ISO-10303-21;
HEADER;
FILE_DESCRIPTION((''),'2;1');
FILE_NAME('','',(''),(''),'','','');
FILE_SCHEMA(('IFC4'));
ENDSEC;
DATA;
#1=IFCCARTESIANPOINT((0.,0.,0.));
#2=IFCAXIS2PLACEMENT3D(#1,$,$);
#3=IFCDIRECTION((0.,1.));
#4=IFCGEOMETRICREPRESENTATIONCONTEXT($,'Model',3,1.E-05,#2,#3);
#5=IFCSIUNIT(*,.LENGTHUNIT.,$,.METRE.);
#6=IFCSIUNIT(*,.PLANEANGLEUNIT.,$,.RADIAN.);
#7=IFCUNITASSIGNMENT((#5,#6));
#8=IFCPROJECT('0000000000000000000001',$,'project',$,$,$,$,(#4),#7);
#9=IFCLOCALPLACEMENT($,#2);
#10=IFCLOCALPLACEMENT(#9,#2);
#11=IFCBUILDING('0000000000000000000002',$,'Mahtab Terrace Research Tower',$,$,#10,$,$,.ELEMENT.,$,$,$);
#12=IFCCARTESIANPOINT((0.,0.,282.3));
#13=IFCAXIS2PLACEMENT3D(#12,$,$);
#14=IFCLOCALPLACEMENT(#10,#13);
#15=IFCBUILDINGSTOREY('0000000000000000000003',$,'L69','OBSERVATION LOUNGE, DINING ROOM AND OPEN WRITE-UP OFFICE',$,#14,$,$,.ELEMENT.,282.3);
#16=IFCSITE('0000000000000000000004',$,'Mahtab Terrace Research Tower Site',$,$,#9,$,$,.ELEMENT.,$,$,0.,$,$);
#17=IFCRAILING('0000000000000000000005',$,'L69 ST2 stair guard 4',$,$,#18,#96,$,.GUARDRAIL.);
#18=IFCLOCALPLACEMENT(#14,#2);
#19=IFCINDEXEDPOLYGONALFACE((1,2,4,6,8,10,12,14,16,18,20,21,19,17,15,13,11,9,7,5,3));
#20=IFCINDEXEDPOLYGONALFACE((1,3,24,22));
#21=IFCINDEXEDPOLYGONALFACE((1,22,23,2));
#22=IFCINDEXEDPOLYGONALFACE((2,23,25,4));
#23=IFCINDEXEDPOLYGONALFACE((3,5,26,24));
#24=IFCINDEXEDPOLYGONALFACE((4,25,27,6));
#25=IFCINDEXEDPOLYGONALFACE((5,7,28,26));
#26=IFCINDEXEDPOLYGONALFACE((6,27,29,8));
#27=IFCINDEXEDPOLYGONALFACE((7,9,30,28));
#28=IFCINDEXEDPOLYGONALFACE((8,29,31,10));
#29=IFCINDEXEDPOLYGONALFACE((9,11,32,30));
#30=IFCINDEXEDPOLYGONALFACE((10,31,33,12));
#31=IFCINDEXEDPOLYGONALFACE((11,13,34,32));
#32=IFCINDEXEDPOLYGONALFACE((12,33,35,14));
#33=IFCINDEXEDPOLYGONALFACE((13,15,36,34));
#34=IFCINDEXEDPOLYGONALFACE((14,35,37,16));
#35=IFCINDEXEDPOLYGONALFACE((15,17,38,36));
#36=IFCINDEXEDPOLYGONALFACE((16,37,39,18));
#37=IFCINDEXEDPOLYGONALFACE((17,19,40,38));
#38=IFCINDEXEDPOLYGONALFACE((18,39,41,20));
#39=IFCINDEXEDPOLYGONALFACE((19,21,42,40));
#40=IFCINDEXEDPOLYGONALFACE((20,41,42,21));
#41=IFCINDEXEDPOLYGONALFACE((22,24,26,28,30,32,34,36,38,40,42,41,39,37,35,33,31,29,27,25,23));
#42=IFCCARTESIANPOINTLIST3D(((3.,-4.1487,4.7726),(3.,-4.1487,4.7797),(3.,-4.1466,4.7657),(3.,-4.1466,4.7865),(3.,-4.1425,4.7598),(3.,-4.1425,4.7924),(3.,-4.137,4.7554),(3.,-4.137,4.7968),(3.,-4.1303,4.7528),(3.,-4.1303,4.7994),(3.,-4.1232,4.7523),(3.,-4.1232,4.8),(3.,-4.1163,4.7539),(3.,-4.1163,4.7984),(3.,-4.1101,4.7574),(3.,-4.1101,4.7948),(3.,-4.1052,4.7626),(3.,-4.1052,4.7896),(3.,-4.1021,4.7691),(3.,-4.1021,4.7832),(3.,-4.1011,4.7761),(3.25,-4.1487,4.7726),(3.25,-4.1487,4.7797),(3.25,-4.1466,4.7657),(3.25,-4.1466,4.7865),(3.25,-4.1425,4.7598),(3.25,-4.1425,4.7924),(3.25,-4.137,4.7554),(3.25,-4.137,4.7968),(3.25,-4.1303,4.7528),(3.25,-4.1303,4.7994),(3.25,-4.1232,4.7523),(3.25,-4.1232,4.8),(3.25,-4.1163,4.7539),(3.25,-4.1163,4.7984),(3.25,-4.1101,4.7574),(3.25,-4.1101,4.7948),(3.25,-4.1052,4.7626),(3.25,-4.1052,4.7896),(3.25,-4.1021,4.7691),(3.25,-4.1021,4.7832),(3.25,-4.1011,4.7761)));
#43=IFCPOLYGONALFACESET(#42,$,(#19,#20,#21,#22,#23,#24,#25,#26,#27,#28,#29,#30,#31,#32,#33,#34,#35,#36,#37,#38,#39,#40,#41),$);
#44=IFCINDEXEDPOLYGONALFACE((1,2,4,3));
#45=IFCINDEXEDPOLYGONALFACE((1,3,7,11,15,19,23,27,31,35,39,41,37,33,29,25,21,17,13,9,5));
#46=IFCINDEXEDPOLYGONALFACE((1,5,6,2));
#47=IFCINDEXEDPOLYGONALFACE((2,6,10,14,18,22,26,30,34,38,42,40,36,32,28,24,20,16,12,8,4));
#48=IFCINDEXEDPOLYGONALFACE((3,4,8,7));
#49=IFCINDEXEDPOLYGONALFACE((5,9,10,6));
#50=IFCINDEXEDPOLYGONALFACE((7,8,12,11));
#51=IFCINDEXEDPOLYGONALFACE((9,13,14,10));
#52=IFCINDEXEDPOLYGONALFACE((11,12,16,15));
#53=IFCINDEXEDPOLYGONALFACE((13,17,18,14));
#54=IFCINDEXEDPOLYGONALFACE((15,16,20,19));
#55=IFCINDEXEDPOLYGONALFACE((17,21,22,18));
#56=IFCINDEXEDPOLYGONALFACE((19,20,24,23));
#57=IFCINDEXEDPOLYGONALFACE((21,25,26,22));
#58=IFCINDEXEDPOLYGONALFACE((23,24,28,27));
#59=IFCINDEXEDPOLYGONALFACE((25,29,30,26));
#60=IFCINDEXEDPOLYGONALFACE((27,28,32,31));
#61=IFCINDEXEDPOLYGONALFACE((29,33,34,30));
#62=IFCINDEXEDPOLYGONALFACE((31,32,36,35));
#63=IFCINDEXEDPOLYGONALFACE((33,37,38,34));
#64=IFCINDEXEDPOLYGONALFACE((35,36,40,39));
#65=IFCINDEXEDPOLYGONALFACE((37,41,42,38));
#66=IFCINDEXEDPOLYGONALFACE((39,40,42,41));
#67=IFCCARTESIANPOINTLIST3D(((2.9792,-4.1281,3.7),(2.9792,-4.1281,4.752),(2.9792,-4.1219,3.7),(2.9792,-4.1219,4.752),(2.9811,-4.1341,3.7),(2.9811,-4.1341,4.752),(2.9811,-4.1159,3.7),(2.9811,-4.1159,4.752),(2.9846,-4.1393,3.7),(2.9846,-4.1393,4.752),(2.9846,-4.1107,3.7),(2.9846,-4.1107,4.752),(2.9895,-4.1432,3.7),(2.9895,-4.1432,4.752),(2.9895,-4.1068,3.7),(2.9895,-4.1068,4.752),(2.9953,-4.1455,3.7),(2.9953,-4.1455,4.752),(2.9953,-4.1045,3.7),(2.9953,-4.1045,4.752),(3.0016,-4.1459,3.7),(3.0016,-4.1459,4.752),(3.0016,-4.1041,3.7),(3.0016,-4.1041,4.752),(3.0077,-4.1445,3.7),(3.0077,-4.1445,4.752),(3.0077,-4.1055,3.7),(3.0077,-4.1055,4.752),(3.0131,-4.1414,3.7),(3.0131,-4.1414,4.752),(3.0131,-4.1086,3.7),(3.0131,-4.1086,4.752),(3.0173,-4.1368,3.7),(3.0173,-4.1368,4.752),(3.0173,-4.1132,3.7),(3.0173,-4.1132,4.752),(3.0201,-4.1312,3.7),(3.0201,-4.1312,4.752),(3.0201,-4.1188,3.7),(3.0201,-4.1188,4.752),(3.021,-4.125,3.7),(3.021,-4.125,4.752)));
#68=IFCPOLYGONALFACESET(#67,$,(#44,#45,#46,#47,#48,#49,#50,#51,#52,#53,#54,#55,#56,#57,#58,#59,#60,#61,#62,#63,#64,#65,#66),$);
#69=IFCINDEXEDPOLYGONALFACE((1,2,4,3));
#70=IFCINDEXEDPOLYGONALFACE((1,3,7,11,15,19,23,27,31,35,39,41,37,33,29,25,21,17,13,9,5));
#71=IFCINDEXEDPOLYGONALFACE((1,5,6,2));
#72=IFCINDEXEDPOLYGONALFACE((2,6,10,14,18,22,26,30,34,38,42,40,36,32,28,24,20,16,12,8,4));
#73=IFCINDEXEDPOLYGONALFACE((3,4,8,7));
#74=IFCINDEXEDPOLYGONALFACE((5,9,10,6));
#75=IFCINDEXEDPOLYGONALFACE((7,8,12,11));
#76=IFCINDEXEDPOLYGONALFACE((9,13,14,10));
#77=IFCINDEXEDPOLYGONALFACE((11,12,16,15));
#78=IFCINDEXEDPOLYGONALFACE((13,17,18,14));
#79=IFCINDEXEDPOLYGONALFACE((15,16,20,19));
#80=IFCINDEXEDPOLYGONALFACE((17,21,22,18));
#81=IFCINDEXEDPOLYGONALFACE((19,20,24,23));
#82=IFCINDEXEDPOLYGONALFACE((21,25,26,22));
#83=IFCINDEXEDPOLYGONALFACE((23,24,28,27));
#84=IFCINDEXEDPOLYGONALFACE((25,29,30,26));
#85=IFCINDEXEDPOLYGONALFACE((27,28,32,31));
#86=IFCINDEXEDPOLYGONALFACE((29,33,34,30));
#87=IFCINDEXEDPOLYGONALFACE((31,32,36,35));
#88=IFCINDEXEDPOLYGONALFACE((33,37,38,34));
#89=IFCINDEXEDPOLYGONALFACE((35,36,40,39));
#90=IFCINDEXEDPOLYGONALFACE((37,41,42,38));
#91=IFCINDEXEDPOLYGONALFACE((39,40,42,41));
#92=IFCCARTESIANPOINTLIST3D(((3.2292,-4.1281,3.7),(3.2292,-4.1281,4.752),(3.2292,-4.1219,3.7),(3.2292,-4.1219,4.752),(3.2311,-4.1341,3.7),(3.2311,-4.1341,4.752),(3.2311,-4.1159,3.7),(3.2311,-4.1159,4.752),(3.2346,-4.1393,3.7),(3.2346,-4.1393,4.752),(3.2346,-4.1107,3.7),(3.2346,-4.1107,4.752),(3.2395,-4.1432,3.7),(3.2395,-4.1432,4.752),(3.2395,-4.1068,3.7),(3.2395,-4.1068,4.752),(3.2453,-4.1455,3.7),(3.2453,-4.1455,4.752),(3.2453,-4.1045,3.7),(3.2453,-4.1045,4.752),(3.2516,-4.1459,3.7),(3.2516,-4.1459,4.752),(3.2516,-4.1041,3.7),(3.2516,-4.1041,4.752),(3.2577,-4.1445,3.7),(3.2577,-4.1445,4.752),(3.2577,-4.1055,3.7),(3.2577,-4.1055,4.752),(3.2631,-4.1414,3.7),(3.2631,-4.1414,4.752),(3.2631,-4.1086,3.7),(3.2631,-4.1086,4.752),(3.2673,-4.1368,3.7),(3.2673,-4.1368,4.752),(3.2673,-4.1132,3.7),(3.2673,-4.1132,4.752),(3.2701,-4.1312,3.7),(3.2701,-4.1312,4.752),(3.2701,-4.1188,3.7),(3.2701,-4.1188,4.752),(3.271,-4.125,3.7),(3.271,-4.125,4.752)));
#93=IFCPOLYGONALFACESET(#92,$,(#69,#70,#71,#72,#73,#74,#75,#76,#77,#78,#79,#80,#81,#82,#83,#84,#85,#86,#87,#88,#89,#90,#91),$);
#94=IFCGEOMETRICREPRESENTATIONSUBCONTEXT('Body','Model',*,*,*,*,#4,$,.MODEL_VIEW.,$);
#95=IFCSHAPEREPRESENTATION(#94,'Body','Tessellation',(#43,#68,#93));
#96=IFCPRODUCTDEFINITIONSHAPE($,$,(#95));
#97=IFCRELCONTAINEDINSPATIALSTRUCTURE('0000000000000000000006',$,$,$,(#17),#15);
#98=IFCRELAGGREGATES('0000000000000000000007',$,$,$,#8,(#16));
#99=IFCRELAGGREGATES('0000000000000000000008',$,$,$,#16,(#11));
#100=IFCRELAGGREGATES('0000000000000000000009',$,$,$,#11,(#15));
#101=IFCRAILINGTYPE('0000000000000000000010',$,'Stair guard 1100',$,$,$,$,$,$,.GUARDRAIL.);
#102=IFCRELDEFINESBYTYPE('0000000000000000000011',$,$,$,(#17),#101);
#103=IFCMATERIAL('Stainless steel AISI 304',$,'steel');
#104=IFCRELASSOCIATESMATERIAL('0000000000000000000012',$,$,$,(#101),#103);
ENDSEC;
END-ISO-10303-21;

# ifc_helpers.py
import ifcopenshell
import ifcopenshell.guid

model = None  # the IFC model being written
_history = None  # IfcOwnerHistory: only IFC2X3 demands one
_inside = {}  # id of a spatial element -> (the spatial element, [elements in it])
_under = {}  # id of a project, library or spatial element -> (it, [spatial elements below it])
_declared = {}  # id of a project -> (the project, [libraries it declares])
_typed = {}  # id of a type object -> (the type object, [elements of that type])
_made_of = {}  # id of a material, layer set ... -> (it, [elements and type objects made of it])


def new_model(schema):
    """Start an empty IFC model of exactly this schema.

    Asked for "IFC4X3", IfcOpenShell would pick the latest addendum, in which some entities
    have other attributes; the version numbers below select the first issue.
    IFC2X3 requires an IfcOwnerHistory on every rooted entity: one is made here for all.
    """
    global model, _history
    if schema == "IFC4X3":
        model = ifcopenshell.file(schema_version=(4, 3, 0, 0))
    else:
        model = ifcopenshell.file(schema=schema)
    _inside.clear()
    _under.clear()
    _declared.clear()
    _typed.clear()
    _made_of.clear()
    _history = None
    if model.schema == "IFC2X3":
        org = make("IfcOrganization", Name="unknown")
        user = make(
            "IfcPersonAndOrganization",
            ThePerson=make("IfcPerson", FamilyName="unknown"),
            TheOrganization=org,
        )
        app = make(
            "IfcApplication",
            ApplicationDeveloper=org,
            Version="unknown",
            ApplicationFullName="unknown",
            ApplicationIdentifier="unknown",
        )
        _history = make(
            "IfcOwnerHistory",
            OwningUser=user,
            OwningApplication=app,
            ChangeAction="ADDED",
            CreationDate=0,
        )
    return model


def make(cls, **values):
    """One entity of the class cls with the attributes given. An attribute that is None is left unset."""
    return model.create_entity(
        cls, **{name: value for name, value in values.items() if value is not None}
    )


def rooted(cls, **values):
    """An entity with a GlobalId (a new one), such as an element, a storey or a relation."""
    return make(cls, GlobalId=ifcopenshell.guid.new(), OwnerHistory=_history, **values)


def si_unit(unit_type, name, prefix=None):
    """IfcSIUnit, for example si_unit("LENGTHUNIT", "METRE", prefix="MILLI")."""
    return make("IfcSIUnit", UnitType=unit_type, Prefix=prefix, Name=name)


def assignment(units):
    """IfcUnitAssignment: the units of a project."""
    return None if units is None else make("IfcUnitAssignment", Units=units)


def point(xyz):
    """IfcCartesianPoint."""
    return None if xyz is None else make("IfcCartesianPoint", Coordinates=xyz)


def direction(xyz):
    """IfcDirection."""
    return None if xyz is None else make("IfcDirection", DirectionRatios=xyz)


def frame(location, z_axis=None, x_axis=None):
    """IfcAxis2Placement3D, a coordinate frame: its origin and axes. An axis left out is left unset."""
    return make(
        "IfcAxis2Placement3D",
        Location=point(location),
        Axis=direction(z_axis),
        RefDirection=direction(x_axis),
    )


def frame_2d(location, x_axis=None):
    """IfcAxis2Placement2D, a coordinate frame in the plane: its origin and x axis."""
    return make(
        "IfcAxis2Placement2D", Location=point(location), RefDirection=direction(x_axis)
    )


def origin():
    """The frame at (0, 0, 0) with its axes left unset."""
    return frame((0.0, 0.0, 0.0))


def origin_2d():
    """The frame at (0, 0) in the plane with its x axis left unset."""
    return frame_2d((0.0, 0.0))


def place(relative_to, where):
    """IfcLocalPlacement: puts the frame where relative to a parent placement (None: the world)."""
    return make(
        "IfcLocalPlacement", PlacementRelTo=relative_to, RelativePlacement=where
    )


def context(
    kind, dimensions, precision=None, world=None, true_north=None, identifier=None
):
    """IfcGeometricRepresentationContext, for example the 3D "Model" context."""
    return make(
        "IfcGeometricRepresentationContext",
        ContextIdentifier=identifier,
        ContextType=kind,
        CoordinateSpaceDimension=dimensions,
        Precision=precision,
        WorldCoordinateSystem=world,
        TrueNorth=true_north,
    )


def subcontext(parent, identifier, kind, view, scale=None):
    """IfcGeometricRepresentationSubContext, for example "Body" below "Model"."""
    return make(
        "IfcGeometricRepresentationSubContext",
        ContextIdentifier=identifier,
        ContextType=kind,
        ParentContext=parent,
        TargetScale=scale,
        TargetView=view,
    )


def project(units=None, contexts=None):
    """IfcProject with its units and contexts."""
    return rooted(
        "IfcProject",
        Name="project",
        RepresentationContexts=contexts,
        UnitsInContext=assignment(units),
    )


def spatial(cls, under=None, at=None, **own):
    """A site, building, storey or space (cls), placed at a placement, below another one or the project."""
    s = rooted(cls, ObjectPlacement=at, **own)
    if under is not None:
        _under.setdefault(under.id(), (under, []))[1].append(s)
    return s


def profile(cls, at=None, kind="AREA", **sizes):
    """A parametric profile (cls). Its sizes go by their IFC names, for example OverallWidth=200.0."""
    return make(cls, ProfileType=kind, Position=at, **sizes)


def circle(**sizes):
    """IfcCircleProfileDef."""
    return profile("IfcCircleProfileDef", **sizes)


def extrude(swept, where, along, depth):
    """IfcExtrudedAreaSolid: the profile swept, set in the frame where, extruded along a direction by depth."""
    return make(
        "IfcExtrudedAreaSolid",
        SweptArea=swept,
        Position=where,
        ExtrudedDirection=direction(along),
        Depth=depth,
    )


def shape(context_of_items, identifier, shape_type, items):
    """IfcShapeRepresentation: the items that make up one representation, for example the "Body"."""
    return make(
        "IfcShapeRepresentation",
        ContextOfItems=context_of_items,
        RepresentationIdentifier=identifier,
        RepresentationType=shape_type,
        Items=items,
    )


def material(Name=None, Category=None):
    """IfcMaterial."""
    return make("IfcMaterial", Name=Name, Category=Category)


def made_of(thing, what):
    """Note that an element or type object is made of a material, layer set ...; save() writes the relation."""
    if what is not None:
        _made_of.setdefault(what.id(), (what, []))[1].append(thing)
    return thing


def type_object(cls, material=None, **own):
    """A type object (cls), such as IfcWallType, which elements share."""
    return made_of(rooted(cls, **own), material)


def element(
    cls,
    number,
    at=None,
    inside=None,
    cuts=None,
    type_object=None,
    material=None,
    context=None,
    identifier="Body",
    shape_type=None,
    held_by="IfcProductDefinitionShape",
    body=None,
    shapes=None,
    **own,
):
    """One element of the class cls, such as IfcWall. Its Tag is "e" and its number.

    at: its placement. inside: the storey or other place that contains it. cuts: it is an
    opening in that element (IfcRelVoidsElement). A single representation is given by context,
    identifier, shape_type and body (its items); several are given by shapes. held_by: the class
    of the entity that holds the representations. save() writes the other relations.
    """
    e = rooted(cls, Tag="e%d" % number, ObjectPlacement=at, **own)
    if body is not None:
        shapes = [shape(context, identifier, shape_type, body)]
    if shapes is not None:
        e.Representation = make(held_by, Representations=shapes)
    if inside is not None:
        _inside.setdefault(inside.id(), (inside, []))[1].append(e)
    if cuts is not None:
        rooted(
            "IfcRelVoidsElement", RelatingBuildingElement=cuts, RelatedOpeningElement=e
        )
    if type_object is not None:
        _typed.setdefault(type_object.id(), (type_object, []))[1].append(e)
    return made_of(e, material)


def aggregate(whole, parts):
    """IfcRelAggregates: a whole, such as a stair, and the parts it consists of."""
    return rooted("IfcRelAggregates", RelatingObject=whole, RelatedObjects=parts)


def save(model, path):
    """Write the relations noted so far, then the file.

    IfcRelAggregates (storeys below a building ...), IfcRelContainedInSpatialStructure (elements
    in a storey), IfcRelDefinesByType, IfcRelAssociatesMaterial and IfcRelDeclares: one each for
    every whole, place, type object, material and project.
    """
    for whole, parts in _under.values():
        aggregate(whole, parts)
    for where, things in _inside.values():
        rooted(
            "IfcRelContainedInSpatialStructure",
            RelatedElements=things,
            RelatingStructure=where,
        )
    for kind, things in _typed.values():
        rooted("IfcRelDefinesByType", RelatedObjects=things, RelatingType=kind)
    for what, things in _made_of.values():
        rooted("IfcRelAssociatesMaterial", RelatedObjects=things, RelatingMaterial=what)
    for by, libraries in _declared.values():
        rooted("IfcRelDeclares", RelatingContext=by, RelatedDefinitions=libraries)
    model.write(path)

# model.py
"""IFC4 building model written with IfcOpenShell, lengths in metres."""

from ifc_helpers import new_model, si_unit, direction, frame, origin, origin_2d, place, context, subcontext, project, spatial, circle, extrude, material, type_object, element, save


model = new_model("IFC4")

# Units and contexts
model_context = context("Model", 3, precision=1e-05, world=origin(), true_north=direction((0.0, 1.0)))
body_context = subcontext(model_context, "Body", "Model", "MODEL_VIEW")
ifc_project = project(units=[si_unit("LENGTHUNIT", "METRE"), si_unit("PLANEANGLEUNIT", "RADIAN")], contexts=[model_context])

# Site, building, storey
site_placement = place(None, origin())
site = spatial("IfcSite", under=ifc_project, at=site_placement, Name="Mahtab Terrace Research Tower Site", CompositionType="ELEMENT", RefElevation=0.0)
building_placement = place(site_placement, origin())
building = spatial("IfcBuilding", under=site, at=building_placement, Name="Mahtab Terrace Research Tower", CompositionType="ELEMENT")
storey_placement = place(building_placement, frame((0.0, 0.0, 282.3)))
storey = spatial("IfcBuildingStorey", under=building, at=storey_placement, Name="L69", Description="OBSERVATION LOUNGE, DINING ROOM AND OPEN WRITE-UP OFFICE", CompositionType="ELEMENT", Elevation=282.3)

# Railing
ifc_material_1 = material(Name="Stainless steel AISI 304", Category="steel")
railing_type = type_object("IfcRailingType", Name="Stair guard 1100", PredefinedType="GUARDRAIL", material=ifc_material_1)
railing_1_placement = place(storey_placement, frame((3.0, -4.125, 3.7)))
element("IfcRailing", 1, at=railing_1_placement, inside=storey, type_object=railing_type, Name="L69 ST2 stair guard 4", PredefinedType="GUARDRAIL", context=body_context, shape_type="SweptSolid", body=[
    extrude(circle(Radius=0.0239, at=origin_2d()), frame((0.0, 0.0, 1.0762), z_axis=(1.0, 0.0, 0.0), x_axis=(0.0, 1.0, 0.0)), (0.0, 0.0, 1.0), 0.25),
    extrude(circle(Radius=0.021, at=origin_2d()), origin(), (0.0, 0.0, 1.0), 1.052),
    extrude(circle(Radius=0.021, at=origin_2d()), frame((0.25, 0.0, 0.0)), (0.0, 0.0, 1.0), 1.052),
])

save(model, "model.ifc")
